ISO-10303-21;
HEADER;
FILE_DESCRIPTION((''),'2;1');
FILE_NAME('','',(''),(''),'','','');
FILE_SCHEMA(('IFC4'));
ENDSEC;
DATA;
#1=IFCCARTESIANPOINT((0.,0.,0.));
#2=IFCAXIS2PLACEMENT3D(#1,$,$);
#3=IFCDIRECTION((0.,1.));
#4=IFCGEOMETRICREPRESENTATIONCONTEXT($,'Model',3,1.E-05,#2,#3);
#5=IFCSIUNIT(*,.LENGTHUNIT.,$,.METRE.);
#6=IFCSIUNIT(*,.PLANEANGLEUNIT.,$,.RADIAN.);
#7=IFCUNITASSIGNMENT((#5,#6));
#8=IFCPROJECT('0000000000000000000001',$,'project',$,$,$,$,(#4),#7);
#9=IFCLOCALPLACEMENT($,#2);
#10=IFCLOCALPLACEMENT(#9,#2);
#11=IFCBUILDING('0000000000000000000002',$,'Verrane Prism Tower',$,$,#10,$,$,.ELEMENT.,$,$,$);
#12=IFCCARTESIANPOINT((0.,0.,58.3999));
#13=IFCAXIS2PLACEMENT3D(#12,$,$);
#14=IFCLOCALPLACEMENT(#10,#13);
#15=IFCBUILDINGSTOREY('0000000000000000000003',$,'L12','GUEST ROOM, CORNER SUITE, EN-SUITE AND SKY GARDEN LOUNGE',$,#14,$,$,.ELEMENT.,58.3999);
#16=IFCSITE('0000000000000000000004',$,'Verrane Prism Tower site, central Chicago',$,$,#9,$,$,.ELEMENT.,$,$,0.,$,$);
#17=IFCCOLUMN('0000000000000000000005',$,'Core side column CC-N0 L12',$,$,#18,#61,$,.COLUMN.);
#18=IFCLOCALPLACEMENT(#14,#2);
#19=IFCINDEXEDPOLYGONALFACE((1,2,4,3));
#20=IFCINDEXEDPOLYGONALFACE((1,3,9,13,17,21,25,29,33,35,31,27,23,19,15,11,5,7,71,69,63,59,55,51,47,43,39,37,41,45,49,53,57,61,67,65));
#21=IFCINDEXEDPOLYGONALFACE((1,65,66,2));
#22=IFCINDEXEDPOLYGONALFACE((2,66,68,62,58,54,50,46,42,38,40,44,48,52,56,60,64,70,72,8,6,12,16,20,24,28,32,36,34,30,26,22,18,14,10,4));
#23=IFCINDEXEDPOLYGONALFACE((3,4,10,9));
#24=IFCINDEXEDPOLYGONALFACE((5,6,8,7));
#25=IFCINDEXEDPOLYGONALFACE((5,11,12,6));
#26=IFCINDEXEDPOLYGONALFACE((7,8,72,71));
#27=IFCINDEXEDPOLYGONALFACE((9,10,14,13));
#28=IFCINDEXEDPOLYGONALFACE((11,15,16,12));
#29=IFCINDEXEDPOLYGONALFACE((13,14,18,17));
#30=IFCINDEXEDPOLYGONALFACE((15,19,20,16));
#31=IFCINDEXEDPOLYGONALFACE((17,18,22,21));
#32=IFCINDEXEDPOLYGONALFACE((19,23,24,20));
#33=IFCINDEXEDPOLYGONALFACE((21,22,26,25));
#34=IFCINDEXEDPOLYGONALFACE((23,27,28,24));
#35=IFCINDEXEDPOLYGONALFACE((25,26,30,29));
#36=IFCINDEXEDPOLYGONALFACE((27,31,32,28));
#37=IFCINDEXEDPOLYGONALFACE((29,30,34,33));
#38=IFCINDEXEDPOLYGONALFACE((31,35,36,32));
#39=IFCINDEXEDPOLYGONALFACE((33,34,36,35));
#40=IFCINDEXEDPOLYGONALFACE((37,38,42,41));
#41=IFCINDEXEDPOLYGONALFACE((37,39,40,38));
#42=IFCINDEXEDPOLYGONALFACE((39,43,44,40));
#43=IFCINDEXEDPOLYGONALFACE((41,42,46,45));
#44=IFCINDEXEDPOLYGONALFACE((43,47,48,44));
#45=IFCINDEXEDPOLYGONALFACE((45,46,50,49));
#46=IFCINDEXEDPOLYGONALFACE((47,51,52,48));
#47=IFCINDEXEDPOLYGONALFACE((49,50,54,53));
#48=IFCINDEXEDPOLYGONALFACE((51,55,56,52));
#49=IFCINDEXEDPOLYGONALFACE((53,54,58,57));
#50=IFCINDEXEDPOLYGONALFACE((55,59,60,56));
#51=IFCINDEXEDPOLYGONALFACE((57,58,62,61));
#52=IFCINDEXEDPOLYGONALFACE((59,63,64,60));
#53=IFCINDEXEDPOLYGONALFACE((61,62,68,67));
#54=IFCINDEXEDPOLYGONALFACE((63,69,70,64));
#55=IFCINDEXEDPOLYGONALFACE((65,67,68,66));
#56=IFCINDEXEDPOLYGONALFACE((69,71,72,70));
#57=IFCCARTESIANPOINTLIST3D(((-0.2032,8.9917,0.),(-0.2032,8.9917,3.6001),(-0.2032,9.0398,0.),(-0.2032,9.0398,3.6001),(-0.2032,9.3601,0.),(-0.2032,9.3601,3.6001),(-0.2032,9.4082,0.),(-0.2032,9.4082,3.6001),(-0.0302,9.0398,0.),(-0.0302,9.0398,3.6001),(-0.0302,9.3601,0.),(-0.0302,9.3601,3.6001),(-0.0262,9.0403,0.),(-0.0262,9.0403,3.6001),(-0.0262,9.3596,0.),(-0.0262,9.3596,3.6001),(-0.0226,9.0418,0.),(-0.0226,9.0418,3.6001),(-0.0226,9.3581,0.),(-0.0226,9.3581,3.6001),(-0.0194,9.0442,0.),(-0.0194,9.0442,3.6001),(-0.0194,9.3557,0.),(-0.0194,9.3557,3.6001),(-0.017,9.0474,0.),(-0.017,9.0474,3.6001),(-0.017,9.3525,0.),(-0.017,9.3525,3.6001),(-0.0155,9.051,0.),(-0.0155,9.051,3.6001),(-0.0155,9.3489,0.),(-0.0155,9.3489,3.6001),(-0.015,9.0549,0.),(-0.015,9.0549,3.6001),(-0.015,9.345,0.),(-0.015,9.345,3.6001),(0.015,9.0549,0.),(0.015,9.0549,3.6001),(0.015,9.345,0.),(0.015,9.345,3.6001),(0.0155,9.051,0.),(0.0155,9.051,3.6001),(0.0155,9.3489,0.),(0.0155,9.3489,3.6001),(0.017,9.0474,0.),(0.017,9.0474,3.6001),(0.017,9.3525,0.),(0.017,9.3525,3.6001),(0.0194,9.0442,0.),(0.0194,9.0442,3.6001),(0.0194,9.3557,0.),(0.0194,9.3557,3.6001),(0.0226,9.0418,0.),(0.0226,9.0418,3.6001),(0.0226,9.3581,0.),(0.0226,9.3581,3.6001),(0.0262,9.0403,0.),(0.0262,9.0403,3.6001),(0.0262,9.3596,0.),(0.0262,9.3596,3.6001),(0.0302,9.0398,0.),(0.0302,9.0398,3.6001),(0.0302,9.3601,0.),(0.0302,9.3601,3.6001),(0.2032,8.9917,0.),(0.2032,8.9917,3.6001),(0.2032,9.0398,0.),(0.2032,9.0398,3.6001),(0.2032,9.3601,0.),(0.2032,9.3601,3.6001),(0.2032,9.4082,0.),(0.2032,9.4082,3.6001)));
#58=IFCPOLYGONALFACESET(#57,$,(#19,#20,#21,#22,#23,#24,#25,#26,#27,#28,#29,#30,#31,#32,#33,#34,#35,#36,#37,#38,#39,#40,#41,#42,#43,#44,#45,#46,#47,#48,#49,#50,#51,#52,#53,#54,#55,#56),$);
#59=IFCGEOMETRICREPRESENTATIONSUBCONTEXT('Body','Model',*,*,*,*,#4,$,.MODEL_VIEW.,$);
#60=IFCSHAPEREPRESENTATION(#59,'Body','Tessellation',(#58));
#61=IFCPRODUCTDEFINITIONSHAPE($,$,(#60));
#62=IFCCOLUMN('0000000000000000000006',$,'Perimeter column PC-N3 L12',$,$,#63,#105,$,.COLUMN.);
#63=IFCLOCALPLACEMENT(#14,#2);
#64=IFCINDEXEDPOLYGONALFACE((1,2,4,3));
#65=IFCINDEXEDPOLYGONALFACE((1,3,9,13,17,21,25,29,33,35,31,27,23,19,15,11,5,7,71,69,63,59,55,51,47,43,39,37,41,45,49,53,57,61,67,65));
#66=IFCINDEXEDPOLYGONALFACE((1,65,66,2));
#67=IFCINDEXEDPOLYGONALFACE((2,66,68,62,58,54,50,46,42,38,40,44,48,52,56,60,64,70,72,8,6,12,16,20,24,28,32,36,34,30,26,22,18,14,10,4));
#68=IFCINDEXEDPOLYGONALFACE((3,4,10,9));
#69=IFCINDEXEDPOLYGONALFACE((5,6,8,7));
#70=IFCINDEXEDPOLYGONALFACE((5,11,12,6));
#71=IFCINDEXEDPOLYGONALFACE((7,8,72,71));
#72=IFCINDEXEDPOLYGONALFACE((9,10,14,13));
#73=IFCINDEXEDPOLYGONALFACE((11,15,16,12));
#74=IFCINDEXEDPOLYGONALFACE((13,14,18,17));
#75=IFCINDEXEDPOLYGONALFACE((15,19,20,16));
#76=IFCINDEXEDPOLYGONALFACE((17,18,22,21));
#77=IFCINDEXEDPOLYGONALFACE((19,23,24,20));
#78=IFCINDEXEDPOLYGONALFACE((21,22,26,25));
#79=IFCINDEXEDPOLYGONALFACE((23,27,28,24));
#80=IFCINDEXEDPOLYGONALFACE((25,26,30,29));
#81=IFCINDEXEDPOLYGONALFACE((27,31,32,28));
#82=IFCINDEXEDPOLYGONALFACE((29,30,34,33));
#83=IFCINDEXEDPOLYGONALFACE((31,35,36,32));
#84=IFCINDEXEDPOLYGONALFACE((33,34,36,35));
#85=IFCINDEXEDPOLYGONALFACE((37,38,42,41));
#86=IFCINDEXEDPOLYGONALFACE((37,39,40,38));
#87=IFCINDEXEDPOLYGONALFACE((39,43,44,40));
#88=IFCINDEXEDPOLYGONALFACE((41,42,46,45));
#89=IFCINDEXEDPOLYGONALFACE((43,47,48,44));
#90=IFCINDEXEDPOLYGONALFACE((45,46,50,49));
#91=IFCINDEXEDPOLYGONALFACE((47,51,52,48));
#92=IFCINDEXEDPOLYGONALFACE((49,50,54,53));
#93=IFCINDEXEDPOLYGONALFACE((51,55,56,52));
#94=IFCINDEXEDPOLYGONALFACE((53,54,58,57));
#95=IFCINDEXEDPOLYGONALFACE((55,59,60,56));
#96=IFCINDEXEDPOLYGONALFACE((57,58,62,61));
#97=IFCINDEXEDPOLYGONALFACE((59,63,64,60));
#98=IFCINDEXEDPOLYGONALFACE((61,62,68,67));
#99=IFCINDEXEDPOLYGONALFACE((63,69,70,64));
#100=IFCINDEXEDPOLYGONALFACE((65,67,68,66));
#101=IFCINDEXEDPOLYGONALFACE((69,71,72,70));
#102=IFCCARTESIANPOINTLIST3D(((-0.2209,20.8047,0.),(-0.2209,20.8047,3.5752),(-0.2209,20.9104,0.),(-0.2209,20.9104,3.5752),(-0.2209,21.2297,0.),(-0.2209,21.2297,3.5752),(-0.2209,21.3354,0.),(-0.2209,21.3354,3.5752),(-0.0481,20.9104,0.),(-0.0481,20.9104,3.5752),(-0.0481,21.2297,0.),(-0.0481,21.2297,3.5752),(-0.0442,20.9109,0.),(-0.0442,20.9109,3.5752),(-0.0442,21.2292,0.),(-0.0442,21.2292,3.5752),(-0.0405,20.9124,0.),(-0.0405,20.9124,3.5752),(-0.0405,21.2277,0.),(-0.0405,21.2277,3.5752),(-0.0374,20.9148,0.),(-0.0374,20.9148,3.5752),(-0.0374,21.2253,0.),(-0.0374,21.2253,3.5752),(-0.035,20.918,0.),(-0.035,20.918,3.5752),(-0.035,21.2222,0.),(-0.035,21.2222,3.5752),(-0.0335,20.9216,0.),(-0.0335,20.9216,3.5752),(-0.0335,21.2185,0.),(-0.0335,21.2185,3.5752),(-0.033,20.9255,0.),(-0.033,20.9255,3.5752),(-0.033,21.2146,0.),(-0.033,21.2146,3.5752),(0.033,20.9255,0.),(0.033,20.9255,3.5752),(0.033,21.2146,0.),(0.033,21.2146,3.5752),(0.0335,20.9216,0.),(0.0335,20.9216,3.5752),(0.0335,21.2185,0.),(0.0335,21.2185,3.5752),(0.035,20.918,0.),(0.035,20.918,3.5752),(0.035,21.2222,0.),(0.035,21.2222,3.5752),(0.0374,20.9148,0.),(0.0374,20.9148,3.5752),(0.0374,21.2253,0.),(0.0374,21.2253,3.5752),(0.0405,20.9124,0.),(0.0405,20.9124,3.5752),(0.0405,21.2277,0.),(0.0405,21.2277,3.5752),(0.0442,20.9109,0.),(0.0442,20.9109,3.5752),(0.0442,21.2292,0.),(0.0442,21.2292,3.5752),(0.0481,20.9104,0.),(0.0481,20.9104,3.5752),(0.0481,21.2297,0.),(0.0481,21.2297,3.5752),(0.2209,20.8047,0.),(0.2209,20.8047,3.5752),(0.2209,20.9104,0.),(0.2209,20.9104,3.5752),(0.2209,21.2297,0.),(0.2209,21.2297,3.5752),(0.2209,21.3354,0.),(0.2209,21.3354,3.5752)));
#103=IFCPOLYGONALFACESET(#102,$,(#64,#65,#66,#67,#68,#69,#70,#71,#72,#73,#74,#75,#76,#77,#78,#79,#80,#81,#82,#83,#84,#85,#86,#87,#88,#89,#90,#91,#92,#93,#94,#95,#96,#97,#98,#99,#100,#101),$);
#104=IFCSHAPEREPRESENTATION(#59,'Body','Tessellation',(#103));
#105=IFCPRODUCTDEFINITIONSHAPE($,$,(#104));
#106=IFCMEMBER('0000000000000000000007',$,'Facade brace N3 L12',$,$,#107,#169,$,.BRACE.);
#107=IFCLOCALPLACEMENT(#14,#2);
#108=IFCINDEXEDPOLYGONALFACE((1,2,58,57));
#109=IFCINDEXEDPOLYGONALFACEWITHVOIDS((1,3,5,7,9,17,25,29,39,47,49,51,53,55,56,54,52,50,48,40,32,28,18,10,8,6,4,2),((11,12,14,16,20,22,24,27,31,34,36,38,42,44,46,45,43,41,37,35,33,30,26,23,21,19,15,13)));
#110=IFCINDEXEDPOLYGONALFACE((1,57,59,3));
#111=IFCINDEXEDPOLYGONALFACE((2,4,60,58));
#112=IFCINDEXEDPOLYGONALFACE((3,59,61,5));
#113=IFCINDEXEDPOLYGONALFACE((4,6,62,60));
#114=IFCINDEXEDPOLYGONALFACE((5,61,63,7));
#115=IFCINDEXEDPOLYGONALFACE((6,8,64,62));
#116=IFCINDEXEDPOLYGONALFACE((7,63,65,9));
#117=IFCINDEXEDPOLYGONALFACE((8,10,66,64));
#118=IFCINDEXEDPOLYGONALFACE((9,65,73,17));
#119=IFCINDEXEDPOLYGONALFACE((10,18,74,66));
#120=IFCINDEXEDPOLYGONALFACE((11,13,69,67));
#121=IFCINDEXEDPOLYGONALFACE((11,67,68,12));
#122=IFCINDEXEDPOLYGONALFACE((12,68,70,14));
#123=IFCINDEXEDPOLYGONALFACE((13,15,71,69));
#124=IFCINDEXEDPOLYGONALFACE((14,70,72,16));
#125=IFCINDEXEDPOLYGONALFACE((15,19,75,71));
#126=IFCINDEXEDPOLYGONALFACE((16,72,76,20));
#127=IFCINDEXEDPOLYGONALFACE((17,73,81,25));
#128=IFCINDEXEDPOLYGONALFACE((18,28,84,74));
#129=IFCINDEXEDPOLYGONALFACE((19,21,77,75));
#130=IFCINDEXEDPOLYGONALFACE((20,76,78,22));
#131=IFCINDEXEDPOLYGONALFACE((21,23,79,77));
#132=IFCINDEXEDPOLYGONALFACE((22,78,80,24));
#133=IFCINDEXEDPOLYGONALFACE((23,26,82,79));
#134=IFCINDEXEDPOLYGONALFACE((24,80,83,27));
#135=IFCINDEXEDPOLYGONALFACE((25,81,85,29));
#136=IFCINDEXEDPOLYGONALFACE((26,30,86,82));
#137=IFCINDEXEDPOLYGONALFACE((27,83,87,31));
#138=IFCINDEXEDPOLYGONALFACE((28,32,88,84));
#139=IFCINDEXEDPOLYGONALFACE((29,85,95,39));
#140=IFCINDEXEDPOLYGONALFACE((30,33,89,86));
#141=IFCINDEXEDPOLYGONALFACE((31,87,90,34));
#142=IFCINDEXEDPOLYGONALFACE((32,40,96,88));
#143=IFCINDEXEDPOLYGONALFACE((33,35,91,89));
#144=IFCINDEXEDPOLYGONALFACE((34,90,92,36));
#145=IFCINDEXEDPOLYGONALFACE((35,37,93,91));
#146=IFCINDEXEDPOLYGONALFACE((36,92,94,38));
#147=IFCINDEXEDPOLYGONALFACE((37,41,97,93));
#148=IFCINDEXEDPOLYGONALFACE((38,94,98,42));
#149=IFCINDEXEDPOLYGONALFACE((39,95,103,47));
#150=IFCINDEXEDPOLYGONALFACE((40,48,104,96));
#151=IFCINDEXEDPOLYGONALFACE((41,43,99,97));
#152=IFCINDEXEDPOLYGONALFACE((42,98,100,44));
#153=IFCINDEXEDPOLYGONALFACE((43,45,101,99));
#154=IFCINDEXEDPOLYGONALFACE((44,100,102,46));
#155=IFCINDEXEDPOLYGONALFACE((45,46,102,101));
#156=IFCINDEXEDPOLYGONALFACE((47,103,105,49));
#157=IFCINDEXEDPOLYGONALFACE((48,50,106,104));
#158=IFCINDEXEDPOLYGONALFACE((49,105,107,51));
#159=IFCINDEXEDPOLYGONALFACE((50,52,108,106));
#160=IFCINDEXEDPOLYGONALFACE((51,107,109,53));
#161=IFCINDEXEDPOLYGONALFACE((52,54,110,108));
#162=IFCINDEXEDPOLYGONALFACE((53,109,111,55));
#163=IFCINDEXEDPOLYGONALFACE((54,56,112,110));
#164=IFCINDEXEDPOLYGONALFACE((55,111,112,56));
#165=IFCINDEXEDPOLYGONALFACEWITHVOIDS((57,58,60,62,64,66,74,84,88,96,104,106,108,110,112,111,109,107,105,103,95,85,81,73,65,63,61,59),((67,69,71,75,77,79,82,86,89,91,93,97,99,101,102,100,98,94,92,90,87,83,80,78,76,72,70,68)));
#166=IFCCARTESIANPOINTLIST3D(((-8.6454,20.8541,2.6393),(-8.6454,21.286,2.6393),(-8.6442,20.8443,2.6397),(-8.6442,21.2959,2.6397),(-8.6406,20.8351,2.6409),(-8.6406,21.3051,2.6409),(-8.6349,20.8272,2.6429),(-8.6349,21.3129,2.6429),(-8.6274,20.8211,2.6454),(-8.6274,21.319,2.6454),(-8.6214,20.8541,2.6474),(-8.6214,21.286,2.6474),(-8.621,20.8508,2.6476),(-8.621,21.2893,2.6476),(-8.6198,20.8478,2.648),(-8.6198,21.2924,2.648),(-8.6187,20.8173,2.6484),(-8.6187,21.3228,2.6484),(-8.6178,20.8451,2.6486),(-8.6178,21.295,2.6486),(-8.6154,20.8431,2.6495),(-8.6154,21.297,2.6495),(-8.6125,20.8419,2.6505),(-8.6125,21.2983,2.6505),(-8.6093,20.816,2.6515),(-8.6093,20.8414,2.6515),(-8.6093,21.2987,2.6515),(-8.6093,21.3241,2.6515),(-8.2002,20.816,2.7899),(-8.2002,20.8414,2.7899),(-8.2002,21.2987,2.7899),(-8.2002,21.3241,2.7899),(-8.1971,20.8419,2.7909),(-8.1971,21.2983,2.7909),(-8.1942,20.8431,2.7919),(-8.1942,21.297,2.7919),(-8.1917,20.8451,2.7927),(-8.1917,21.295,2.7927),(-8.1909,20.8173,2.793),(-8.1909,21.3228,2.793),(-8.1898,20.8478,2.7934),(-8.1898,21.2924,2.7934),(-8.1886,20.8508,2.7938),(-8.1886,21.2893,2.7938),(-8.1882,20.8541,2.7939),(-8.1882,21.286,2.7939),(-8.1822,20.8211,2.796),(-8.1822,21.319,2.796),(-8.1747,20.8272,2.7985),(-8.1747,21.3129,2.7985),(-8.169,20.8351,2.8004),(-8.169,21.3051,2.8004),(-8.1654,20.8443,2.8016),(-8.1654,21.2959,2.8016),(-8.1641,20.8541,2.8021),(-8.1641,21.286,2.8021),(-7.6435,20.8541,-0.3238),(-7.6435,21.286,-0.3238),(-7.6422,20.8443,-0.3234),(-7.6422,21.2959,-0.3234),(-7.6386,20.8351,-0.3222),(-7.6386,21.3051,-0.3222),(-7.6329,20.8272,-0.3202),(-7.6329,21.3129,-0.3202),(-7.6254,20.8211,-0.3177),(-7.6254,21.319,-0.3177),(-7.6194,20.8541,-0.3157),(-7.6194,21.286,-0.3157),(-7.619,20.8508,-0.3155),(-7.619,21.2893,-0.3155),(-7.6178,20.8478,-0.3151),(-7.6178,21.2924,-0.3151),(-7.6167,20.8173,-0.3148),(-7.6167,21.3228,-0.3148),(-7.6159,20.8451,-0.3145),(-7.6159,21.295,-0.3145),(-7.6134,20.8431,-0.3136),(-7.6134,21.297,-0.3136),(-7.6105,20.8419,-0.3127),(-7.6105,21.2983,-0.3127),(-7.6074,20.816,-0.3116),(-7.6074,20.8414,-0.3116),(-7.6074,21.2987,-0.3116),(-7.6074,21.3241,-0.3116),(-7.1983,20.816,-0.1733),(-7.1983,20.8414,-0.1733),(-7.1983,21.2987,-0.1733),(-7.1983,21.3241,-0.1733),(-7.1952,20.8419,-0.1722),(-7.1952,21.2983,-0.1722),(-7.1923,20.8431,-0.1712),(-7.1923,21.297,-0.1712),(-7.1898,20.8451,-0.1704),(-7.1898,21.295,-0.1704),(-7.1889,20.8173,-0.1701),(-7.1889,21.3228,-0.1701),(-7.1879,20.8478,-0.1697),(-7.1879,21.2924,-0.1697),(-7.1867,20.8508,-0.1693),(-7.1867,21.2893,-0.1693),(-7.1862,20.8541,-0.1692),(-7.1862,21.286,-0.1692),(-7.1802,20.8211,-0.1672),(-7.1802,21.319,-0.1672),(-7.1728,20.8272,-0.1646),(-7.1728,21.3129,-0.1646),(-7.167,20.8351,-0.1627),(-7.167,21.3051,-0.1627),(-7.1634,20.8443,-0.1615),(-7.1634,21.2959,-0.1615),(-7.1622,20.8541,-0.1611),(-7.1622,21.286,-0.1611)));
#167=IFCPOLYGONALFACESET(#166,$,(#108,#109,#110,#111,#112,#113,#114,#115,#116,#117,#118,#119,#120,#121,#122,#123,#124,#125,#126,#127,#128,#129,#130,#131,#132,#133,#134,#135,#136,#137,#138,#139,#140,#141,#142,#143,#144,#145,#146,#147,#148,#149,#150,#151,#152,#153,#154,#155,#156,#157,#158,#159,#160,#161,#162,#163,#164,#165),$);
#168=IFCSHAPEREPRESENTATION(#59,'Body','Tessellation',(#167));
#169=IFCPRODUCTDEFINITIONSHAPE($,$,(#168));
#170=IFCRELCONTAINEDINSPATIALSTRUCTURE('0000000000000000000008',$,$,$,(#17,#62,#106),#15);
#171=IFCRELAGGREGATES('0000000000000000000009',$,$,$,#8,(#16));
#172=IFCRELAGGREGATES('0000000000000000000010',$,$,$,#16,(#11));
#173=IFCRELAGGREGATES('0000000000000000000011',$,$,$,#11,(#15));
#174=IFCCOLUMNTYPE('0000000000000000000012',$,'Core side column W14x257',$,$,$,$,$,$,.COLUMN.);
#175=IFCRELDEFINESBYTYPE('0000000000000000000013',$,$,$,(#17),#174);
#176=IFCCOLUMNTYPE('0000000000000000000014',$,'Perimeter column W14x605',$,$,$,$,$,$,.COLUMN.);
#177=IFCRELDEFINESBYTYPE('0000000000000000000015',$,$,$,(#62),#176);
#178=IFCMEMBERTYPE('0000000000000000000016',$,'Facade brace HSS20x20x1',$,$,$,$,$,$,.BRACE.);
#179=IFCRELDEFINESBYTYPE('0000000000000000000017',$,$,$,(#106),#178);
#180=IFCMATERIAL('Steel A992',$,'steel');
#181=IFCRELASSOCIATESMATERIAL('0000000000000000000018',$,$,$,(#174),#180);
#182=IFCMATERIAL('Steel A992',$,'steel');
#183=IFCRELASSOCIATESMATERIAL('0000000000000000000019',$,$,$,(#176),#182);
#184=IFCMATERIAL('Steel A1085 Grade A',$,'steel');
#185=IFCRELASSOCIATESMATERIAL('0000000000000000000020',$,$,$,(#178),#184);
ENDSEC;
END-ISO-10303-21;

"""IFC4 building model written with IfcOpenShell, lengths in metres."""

from ifc_helpers import new_model, si_unit, direction, frame, origin, origin_2d, place, context, subcontext, project, spatial, hollow_rectangle, i_section, extrude, material, material_profile, profile_set, type_object, element, save


model = new_model("IFC4")

# Units and contexts
model_context = context("Model", 3, precision=1e-05, world=origin(), true_north=direction((0.0, 1.0)))
body_context = subcontext(model_context, "Body", "Model", "MODEL_VIEW")
ifc_project = project(units=[si_unit("LENGTHUNIT", "METRE"), si_unit("PLANEANGLEUNIT", "RADIAN")], contexts=[model_context])

# Site, building, storey
site_placement = place(None, origin())
site = spatial("IfcSite", under=ifc_project, at=site_placement, Name="Verrane Prism Tower site, central Chicago", CompositionType="ELEMENT", RefElevation=0.0)
building_placement = place(site_placement, origin())
building = spatial("IfcBuilding", under=site, at=building_placement, Name="Verrane Prism Tower", CompositionType="ELEMENT")
storey_placement = place(building_placement, frame((0.0, 0.0, 58.3999)))
storey = spatial("IfcBuildingStorey", under=building, at=storey_placement, Name="L12", Description="GUEST ROOM, CORNER SUITE, EN-SUITE AND SKY GARDEN LOUNGE", CompositionType="ELEMENT", Elevation=58.3999)

# Columns
ifc_material_1 = material(Name="Steel A992", Category="steel")
ifc_material_profile_1 = material_profile(ifc_material_1, i_section(OverallWidth=0.4065, OverallDepth=0.4165, WebThickness=0.03, FlangeThickness=0.0481, FilletRadius=0.0151, at=origin_2d()), Name="W14x257")
ifc_profile_set_1 = profile_set([ifc_material_profile_1], Name="Steel A992")
column_type_1 = type_object("IfcColumnType", Name="Core side column W14x257", PredefinedType="COLUMN", material=ifc_profile_set_1)
column_1_placement = place(storey_placement, frame((0.0, 9.2, 0.0), z_axis=(0.0, 0.0, 1.0), x_axis=(1.0, 0.0, 0.0)))
element("IfcColumn", 1, at=column_1_placement, inside=storey, type_object=column_type_1, Name="Core side column CC-N0 L12", PredefinedType="COLUMN", context=body_context, shape_type="SweptSolid", body=[
    extrude(i_section(OverallWidth=0.4065, OverallDepth=0.4165, WebThickness=0.03, FlangeThickness=0.0481, FilletRadius=0.0151, at=origin_2d()), origin(), (0.0, 0.0, 1.0), 3.6001),
])
ifc_material_2 = material(Name="Steel A992", Category="steel")
ifc_material_profile_2 = material_profile(ifc_material_2, i_section(OverallWidth=0.4419, OverallDepth=0.5308, WebThickness=0.0659, FlangeThickness=0.1057, FilletRadius=0.0151, at=origin_2d()), Name="W14x605")
ifc_profile_set_2 = profile_set([ifc_material_profile_2], Name="Steel A992")
column_type_2 = type_object("IfcColumnType", Name="Perimeter column W14x605", PredefinedType="COLUMN", material=ifc_profile_set_2)
column_2_placement = place(storey_placement, frame((0.0, 21.0701, 0.0), z_axis=(0.0, 0.0, 1.0), x_axis=(1.0, 0.0, 0.0)))
element("IfcColumn", 2, at=column_2_placement, inside=storey, type_object=column_type_2, Name="Perimeter column PC-N3 L12", PredefinedType="COLUMN", context=body_context, shape_type="SweptSolid", body=[
    extrude(i_section(OverallWidth=0.4419, OverallDepth=0.5308, WebThickness=0.0659, FlangeThickness=0.1057, FilletRadius=0.0151, at=origin_2d()), origin(), (0.0, 0.0, 1.0), 3.5752),
])

# Member
ifc_material_3 = material(Name="Steel A1085 Grade A", Category="steel")
ifc_material_profile_3 = material_profile(ifc_material_3, hollow_rectangle(XDim=0.5081, YDim=0.5081, WallThickness=0.0254, InnerFilletRadius=0.0127, OuterFilletRadius=0.0381, at=origin_2d()), Name="HSS20x20x1")
ifc_profile_set_3 = profile_set([ifc_material_profile_3], Name="Steel A1085 Grade A")
member_type_1 = type_object("IfcMemberType", Name="Facade brace HSS20x20x1", PredefinedType="BRACE", material=ifc_profile_set_3)
member_1_placement = place(storey_placement, frame((-7.4028, 21.0701, -0.2424), z_axis=(-0.320323, 0.0, 0.947309), x_axis=(0.0, -1.0, 0.0)))
element("IfcMember", 3, at=member_1_placement, inside=storey, type_object=member_type_1, Name="Facade brace N3 L12", PredefinedType="BRACE", context=body_context, shape_type="SweptSolid", body=[
    extrude(hollow_rectangle(XDim=0.5081, YDim=0.5081, WallThickness=0.0254, InnerFilletRadius=0.0127, OuterFilletRadius=0.0381, at=origin_2d()), origin(), (0.0, 0.0, 1.0), 3.1279),
])

save(model, "model.ifc")
